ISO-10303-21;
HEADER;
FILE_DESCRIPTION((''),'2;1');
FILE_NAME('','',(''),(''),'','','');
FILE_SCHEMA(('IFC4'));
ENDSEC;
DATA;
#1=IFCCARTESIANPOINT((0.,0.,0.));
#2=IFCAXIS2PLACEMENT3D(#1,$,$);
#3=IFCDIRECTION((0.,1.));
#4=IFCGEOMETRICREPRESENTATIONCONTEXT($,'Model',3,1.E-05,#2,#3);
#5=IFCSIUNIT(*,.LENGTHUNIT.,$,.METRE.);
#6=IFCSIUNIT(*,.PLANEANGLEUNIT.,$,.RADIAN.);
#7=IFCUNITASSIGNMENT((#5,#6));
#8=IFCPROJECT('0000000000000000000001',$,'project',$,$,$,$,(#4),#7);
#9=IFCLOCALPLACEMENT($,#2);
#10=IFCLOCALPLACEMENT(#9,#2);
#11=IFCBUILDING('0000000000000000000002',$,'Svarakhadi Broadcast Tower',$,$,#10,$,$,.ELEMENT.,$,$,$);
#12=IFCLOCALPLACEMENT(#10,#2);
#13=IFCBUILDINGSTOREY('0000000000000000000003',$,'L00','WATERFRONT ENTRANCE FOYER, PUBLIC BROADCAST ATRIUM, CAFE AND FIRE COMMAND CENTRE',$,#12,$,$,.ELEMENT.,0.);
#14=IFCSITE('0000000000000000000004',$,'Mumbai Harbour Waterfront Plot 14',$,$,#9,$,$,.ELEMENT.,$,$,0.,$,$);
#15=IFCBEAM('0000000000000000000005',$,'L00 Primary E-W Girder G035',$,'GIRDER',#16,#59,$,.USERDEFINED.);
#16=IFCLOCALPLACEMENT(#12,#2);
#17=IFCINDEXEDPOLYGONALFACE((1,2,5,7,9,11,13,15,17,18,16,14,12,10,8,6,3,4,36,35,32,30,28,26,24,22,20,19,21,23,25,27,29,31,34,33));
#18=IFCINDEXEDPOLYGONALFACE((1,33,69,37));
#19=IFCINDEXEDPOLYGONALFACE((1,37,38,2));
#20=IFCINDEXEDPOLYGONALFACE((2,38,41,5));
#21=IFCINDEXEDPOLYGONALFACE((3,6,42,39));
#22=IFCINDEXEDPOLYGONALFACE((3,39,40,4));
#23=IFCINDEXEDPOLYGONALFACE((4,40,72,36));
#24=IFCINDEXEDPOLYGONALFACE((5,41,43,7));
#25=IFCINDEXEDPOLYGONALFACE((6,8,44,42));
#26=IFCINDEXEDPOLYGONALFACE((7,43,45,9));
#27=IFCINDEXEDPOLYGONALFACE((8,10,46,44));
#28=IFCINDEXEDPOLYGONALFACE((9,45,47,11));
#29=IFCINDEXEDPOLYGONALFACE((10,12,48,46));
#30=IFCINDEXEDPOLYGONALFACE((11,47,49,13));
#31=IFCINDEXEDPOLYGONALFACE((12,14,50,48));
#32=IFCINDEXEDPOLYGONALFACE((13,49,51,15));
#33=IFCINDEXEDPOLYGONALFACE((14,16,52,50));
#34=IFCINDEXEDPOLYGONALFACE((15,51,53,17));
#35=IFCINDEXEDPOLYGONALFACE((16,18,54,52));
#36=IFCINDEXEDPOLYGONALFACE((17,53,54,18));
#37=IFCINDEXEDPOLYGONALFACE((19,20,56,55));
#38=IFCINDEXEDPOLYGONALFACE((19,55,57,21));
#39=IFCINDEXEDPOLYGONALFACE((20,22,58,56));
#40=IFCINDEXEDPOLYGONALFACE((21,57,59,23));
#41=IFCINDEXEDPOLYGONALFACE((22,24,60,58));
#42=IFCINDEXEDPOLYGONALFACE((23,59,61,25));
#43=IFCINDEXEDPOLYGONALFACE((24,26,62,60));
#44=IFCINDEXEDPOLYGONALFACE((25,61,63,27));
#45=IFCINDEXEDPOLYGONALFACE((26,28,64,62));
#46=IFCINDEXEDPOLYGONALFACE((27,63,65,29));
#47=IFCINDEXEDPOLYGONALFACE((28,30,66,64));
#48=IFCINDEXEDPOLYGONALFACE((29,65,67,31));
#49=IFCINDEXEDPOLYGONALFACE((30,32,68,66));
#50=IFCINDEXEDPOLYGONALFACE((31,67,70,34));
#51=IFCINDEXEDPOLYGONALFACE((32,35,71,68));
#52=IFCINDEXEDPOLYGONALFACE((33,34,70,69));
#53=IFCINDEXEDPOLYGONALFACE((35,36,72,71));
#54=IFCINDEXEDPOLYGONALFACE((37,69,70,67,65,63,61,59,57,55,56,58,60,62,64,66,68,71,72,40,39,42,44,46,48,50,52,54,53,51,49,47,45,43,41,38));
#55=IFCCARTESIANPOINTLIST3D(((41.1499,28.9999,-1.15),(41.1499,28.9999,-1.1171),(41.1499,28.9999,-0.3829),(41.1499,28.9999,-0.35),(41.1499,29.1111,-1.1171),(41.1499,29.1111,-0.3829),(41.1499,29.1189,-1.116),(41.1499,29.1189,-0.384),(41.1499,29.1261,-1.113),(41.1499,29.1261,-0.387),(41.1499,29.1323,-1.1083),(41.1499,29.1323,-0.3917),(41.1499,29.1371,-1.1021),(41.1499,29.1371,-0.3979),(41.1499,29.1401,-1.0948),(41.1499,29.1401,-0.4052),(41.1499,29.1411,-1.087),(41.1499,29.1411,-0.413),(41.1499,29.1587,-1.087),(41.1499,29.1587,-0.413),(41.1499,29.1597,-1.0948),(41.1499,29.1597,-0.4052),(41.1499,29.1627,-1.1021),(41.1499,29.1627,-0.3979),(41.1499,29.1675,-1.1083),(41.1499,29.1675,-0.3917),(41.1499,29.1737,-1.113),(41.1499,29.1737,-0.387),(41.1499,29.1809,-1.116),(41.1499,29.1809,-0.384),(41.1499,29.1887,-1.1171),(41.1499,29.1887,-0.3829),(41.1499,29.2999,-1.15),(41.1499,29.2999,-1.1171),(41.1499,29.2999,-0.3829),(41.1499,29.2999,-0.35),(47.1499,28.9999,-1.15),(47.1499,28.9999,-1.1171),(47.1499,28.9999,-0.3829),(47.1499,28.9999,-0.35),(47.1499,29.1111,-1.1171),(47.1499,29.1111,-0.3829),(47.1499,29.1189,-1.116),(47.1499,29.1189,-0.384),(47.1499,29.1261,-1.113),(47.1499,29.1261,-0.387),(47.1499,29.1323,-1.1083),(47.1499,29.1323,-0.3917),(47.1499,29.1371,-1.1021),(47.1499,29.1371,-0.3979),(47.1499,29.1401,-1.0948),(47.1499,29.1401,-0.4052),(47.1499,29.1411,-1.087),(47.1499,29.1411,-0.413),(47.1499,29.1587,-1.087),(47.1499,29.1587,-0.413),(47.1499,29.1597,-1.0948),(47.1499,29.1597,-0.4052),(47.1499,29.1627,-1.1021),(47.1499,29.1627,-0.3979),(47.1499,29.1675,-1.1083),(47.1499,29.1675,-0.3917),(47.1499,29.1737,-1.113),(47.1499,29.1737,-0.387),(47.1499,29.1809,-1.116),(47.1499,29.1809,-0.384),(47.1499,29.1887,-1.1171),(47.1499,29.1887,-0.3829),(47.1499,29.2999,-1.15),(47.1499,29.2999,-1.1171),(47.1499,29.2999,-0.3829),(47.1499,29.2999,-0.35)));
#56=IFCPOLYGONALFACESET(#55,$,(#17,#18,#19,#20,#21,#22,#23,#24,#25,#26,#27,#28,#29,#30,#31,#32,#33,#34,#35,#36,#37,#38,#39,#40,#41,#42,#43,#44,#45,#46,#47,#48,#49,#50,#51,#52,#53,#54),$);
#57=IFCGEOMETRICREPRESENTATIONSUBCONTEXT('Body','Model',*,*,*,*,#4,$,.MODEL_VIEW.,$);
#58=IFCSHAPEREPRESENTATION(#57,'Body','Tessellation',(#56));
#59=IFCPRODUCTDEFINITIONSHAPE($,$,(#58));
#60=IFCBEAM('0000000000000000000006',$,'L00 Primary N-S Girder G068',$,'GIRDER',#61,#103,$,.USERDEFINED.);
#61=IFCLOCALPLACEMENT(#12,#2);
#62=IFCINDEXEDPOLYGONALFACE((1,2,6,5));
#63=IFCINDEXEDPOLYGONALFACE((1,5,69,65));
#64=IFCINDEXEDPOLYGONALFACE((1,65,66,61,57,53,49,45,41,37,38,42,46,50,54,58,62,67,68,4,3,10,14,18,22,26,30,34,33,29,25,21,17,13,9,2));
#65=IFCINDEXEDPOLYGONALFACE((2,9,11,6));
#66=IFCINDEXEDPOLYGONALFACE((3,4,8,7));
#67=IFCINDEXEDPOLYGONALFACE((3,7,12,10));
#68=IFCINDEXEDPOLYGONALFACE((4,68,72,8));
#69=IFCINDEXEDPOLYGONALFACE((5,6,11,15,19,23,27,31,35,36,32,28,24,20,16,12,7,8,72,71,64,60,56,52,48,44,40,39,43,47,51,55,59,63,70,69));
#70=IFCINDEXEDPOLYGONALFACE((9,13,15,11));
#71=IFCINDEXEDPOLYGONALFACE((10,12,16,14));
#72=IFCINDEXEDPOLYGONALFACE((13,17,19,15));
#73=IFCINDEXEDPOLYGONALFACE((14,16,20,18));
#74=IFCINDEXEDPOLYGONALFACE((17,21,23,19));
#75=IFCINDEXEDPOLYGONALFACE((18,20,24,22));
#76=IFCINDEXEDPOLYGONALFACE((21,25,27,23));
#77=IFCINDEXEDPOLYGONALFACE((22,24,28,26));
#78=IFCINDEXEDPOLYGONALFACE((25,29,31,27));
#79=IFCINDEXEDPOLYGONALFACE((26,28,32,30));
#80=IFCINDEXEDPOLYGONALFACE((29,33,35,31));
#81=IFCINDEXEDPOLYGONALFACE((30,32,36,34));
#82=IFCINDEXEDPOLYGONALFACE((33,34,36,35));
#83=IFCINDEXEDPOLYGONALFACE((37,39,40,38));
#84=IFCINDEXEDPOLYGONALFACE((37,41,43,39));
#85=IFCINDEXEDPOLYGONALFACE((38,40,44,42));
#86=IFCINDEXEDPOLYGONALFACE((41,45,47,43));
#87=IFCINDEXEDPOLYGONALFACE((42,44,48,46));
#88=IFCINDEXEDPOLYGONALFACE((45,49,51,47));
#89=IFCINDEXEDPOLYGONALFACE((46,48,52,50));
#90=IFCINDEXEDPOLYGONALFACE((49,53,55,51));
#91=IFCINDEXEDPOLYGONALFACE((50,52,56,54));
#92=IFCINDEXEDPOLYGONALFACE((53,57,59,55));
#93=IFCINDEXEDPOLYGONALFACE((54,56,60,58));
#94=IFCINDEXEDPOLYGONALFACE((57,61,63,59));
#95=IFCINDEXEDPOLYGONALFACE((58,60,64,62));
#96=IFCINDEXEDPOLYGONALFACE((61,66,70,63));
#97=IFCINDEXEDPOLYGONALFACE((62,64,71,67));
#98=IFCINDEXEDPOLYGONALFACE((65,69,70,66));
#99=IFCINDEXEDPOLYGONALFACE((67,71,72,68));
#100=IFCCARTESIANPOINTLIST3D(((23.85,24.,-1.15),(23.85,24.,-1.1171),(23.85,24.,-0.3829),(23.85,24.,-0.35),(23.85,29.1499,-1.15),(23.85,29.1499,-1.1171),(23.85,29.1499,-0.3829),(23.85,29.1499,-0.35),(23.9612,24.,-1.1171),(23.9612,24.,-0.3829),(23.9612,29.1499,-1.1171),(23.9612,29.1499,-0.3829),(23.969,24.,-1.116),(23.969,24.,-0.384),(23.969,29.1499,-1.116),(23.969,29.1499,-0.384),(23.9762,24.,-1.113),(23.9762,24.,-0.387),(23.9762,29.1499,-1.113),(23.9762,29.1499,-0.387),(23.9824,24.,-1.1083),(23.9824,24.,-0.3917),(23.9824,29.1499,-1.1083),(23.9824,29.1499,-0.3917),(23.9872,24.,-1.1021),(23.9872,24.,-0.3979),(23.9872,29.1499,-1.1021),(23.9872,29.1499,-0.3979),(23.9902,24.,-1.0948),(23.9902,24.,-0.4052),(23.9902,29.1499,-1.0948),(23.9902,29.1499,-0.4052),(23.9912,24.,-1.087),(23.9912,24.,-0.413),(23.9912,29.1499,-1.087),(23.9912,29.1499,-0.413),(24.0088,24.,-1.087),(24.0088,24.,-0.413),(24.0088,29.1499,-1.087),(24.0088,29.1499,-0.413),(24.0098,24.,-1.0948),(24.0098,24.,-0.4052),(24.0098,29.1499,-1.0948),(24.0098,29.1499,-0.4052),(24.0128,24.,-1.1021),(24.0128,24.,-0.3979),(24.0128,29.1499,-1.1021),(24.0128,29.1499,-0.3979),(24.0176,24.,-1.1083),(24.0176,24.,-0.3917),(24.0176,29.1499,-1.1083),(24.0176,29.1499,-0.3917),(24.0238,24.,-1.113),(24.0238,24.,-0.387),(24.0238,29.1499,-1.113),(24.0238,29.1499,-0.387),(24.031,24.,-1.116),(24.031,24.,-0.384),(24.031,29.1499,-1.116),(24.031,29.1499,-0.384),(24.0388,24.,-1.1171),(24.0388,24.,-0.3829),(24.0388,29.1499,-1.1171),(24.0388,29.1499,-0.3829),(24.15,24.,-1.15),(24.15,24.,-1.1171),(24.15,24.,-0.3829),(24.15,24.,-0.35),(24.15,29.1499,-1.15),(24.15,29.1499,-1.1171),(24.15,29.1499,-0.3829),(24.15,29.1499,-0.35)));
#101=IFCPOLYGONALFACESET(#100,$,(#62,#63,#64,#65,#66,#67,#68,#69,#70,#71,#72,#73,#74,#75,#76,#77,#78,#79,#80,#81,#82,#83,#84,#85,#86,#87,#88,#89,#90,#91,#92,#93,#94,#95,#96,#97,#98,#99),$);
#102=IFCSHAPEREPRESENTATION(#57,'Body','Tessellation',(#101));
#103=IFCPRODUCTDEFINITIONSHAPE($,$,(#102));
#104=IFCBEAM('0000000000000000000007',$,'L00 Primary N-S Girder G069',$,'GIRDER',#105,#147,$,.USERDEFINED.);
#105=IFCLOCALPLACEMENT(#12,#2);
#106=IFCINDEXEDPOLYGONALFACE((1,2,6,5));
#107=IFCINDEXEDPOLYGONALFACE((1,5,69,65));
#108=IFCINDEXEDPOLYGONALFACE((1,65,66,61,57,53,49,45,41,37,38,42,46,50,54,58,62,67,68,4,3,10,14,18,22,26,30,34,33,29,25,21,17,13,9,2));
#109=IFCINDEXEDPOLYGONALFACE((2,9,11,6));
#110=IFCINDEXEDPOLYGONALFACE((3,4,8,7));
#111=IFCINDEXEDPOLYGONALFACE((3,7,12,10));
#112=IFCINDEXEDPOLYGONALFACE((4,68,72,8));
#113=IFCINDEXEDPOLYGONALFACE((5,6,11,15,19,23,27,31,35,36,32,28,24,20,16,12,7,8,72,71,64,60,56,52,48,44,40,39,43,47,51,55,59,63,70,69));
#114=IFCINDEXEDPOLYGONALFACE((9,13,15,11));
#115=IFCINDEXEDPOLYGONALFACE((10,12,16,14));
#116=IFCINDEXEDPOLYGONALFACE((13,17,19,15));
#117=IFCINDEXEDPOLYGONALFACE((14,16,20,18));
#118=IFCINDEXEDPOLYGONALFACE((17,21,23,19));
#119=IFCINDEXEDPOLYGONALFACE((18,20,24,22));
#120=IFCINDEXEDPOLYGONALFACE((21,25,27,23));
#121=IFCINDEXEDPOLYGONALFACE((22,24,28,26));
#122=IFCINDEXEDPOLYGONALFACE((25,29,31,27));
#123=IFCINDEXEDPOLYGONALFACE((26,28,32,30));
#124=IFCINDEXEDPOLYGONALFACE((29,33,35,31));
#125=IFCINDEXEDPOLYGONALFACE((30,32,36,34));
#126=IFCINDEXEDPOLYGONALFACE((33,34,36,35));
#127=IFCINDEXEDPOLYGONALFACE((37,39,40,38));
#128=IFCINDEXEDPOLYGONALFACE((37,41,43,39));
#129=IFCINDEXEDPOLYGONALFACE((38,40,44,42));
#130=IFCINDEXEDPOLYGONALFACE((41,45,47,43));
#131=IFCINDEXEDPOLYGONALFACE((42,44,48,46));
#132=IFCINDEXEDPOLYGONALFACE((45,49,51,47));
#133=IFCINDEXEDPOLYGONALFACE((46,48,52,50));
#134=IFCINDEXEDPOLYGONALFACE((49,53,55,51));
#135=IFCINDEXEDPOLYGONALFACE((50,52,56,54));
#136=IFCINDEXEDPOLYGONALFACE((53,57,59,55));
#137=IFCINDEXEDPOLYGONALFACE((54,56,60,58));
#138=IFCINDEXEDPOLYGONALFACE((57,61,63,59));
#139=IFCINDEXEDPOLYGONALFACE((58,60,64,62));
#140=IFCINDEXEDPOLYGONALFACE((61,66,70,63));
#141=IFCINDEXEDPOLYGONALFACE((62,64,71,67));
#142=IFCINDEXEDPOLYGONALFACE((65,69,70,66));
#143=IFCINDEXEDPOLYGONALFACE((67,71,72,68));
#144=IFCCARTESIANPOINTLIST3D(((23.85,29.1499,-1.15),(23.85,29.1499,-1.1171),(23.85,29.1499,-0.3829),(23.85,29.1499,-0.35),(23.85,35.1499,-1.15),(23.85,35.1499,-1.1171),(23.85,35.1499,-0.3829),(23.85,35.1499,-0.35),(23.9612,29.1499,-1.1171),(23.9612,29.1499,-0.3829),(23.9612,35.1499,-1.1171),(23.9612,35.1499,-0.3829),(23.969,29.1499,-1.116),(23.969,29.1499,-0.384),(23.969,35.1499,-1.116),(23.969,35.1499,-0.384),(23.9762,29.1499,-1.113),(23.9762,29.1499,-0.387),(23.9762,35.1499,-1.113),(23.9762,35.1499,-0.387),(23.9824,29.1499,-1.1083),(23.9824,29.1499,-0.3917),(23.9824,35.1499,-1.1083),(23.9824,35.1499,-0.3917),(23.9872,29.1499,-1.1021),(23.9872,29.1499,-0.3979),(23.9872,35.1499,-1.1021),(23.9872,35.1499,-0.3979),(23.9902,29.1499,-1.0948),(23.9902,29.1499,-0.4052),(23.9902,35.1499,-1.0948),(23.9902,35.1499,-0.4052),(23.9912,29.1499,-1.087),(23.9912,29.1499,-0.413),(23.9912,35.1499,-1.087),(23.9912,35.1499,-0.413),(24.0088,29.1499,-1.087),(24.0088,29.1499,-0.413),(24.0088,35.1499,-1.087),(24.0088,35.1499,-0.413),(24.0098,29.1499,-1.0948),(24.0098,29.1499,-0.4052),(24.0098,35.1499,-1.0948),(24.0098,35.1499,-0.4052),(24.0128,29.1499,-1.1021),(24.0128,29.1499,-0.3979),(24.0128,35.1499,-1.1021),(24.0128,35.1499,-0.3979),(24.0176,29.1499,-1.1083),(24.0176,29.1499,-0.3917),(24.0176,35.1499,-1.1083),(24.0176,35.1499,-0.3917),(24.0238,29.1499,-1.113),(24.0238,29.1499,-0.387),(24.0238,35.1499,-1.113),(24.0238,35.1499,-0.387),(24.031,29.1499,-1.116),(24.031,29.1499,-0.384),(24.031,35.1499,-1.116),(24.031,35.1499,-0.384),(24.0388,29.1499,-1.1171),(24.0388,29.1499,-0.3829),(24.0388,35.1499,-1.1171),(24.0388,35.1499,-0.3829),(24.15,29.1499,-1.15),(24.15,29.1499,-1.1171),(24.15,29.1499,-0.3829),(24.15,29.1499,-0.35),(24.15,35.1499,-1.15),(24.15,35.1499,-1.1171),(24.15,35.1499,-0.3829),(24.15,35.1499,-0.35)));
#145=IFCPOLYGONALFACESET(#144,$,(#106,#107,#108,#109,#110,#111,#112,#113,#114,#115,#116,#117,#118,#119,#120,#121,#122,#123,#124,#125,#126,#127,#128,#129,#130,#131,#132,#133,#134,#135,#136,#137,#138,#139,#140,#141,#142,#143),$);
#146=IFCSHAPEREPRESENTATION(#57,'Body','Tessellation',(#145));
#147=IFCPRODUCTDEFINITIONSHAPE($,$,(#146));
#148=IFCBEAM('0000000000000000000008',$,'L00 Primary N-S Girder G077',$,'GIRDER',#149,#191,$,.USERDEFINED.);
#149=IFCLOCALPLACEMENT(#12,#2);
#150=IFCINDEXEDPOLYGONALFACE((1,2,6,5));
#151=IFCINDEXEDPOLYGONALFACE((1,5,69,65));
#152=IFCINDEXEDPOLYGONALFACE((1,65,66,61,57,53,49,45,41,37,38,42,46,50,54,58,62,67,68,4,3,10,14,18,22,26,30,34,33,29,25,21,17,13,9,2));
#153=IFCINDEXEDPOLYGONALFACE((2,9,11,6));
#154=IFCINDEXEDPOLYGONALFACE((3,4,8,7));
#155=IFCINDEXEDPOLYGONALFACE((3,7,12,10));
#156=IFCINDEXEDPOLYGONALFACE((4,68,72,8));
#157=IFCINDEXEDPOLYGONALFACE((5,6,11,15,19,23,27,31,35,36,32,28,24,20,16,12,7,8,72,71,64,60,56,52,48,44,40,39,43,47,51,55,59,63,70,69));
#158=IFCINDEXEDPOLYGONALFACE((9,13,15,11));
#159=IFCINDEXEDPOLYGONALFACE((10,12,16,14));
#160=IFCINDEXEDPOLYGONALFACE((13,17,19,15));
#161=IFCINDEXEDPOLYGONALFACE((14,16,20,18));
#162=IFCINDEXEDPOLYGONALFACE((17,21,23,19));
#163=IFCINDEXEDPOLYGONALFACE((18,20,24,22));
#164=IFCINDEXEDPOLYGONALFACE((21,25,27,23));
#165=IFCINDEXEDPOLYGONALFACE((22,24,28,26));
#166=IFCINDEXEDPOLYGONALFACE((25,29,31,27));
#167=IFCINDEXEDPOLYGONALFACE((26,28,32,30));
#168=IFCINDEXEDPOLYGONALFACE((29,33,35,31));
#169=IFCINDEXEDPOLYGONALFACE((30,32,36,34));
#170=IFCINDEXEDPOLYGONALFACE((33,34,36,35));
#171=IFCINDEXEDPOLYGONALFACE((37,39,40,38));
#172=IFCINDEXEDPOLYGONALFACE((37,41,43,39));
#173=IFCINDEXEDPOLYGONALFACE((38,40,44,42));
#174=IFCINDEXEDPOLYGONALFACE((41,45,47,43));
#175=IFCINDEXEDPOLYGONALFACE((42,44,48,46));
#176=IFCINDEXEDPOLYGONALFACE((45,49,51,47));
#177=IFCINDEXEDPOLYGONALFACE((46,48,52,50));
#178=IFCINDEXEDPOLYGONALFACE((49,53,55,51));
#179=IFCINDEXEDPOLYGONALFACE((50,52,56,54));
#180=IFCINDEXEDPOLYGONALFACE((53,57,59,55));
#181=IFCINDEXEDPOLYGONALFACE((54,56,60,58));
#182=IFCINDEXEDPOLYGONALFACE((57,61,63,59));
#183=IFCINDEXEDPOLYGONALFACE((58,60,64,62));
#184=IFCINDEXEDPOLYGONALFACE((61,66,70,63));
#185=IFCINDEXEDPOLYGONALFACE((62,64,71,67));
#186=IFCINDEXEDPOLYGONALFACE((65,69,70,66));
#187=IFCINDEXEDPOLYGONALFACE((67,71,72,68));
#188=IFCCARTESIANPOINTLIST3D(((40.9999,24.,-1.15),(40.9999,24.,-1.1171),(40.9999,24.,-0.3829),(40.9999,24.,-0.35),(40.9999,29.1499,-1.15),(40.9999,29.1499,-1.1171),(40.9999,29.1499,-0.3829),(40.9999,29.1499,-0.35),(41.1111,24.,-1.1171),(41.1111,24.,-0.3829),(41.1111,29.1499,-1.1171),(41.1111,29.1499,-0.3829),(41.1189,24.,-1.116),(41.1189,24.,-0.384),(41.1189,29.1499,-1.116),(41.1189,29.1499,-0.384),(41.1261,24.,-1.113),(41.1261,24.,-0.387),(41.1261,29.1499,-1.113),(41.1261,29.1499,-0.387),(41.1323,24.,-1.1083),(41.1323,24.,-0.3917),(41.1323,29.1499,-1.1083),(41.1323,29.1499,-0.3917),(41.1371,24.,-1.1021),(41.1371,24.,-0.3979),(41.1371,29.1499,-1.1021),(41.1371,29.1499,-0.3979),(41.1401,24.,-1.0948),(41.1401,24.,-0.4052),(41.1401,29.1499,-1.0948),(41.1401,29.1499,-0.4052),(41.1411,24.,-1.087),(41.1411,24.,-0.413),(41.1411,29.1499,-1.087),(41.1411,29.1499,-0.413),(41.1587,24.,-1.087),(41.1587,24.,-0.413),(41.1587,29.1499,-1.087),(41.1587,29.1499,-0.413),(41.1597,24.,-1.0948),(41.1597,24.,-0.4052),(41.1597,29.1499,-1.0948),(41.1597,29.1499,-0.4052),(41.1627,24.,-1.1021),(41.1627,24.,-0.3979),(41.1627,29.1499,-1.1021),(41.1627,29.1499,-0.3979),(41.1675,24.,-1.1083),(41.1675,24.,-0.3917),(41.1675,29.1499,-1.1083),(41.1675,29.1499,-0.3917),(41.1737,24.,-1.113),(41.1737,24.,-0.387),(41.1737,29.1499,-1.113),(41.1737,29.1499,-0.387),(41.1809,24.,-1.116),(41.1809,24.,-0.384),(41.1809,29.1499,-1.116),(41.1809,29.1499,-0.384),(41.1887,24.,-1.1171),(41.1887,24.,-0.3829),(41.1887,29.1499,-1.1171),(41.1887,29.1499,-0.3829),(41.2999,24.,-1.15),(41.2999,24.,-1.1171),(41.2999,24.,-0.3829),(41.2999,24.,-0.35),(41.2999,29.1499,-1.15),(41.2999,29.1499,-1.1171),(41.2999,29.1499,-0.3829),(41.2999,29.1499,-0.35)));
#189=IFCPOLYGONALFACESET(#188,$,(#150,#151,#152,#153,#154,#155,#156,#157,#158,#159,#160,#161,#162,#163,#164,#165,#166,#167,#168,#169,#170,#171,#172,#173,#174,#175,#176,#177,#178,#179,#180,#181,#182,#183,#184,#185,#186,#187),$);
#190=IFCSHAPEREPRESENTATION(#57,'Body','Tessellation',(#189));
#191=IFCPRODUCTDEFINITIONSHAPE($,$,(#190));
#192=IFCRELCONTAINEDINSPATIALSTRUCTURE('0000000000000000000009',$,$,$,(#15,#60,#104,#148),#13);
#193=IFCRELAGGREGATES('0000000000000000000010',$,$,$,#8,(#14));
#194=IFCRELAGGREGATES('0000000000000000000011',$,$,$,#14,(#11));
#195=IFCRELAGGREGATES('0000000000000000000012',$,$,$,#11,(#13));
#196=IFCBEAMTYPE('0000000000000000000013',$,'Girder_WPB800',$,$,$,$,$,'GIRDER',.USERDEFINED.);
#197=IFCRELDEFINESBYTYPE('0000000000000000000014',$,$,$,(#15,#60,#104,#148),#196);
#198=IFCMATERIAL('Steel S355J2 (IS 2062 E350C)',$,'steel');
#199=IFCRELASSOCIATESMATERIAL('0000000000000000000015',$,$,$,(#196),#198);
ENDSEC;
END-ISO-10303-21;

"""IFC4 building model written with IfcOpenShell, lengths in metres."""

from ifc_helpers import new_model, si_unit, direction, frame, origin, origin_2d, place, context, subcontext, project, spatial, i_section, extrude, material, material_profile, profile_set, type_object, element, save


model = new_model("IFC4")

# Units and contexts
model_context = context("Model", 3, precision=1e-05, world=origin(), true_north=direction((0.0, 1.0)))
body_context = subcontext(model_context, "Body", "Model", "MODEL_VIEW")
ifc_project = project(units=[si_unit("LENGTHUNIT", "METRE"), si_unit("PLANEANGLEUNIT", "RADIAN")], contexts=[model_context])

# Site, building, storey
site_placement = place(None, origin())
site = spatial("IfcSite", under=ifc_project, at=site_placement, Name="Mumbai Harbour Waterfront Plot 14", CompositionType="ELEMENT", RefElevation=0.0)
building_placement = place(site_placement, origin())
building = spatial("IfcBuilding", under=site, at=building_placement, Name="Svarakhadi Broadcast Tower", CompositionType="ELEMENT")
storey_placement = place(building_placement, origin())
storey = spatial("IfcBuildingStorey", under=building, at=storey_placement, Name="L00", Description="WATERFRONT ENTRANCE FOYER, PUBLIC BROADCAST ATRIUM, CAFE AND FIRE COMMAND CENTRE", CompositionType="ELEMENT", Elevation=0.0)

# Beams
ifc_material_1 = material(Name="Steel S355J2 (IS 2062 E350C)", Category="steel")
ifc_material_profile_1 = material_profile(ifc_material_1, i_section(OverallWidth=0.3, OverallDepth=0.8, WebThickness=0.0176, FlangeThickness=0.033, FilletRadius=0.03, at=origin_2d()), Name="WPB 800x300x262")
ifc_profile_set_1 = profile_set([ifc_material_profile_1], Name="Steel S355J2 (IS 2062 E350C)")
beam_type_1 = type_object("IfcBeamType", Name="Girder_WPB800", ElementType="GIRDER", PredefinedType="USERDEFINED", material=ifc_profile_set_1)
for number, where, z_axis, x_axis, name in (
    (1, (41.1499, 29.1499, -0.75), (1.0, 0.0, 0.0), (0.0, 1.0, 0.0), "L00 Primary E-W Girder G035"),
):
    element("IfcBeam", number, at=place(storey_placement, frame(where, z_axis=z_axis, x_axis=x_axis)), inside=storey, type_object=beam_type_1, Name=name, ObjectType="GIRDER", PredefinedType="USERDEFINED", context=body_context, shape_type="SweptSolid", body=[
        extrude(i_section(OverallWidth=0.3, OverallDepth=0.8, WebThickness=0.0176, FlangeThickness=0.033, FilletRadius=0.03, at=origin_2d()), origin(), (0.0, 0.0, 1.0), 6.0),
    ])
beam_1_placement = place(storey_placement, frame((24.0, 24.0, -0.75), z_axis=(0.0, 1.0, 0.0), x_axis=(-1.0, 0.0, 0.0)))
element("IfcBeam", 2, at=beam_1_placement, inside=storey, type_object=beam_type_1, Name="L00 Primary N-S Girder G068", ObjectType="GIRDER", PredefinedType="USERDEFINED", context=body_context, shape_type="SweptSolid", body=[
    extrude(i_section(OverallWidth=0.3, OverallDepth=0.8, WebThickness=0.0176, FlangeThickness=0.033, FilletRadius=0.03, at=origin_2d()), origin(), (0.0, 0.0, 1.0), 5.1499),
])
beam_2_placement = place(storey_placement, frame((24.0, 29.1499, -0.75), z_axis=(0.0, 1.0, 0.0), x_axis=(-1.0, 0.0, 0.0)))
element("IfcBeam", 3, at=beam_2_placement, inside=storey, type_object=beam_type_1, Name="L00 Primary N-S Girder G069", ObjectType="GIRDER", PredefinedType="USERDEFINED", context=body_context, shape_type="SweptSolid", body=[
    extrude(i_section(OverallWidth=0.3, OverallDepth=0.8, WebThickness=0.0176, FlangeThickness=0.033, FilletRadius=0.03, at=origin_2d()), origin(), (0.0, 0.0, 1.0), 6.0),
])
beam_3_placement = place(storey_placement, frame((41.1499, 24.0, -0.75), z_axis=(0.0, 1.0, 0.0), x_axis=(-1.0, 0.0, 0.0)))
element("IfcBeam", 4, at=beam_3_placement, inside=storey, type_object=beam_type_1, Name="L00 Primary N-S Girder G077", ObjectType="GIRDER", PredefinedType="USERDEFINED", context=body_context, shape_type="SweptSolid", body=[
    extrude(i_section(OverallWidth=0.3, OverallDepth=0.8, WebThickness=0.0176, FlangeThickness=0.033, FilletRadius=0.03, at=origin_2d()), origin(), (0.0, 0.0, 1.0), 5.1499),
])

save(model, "model.ifc")
